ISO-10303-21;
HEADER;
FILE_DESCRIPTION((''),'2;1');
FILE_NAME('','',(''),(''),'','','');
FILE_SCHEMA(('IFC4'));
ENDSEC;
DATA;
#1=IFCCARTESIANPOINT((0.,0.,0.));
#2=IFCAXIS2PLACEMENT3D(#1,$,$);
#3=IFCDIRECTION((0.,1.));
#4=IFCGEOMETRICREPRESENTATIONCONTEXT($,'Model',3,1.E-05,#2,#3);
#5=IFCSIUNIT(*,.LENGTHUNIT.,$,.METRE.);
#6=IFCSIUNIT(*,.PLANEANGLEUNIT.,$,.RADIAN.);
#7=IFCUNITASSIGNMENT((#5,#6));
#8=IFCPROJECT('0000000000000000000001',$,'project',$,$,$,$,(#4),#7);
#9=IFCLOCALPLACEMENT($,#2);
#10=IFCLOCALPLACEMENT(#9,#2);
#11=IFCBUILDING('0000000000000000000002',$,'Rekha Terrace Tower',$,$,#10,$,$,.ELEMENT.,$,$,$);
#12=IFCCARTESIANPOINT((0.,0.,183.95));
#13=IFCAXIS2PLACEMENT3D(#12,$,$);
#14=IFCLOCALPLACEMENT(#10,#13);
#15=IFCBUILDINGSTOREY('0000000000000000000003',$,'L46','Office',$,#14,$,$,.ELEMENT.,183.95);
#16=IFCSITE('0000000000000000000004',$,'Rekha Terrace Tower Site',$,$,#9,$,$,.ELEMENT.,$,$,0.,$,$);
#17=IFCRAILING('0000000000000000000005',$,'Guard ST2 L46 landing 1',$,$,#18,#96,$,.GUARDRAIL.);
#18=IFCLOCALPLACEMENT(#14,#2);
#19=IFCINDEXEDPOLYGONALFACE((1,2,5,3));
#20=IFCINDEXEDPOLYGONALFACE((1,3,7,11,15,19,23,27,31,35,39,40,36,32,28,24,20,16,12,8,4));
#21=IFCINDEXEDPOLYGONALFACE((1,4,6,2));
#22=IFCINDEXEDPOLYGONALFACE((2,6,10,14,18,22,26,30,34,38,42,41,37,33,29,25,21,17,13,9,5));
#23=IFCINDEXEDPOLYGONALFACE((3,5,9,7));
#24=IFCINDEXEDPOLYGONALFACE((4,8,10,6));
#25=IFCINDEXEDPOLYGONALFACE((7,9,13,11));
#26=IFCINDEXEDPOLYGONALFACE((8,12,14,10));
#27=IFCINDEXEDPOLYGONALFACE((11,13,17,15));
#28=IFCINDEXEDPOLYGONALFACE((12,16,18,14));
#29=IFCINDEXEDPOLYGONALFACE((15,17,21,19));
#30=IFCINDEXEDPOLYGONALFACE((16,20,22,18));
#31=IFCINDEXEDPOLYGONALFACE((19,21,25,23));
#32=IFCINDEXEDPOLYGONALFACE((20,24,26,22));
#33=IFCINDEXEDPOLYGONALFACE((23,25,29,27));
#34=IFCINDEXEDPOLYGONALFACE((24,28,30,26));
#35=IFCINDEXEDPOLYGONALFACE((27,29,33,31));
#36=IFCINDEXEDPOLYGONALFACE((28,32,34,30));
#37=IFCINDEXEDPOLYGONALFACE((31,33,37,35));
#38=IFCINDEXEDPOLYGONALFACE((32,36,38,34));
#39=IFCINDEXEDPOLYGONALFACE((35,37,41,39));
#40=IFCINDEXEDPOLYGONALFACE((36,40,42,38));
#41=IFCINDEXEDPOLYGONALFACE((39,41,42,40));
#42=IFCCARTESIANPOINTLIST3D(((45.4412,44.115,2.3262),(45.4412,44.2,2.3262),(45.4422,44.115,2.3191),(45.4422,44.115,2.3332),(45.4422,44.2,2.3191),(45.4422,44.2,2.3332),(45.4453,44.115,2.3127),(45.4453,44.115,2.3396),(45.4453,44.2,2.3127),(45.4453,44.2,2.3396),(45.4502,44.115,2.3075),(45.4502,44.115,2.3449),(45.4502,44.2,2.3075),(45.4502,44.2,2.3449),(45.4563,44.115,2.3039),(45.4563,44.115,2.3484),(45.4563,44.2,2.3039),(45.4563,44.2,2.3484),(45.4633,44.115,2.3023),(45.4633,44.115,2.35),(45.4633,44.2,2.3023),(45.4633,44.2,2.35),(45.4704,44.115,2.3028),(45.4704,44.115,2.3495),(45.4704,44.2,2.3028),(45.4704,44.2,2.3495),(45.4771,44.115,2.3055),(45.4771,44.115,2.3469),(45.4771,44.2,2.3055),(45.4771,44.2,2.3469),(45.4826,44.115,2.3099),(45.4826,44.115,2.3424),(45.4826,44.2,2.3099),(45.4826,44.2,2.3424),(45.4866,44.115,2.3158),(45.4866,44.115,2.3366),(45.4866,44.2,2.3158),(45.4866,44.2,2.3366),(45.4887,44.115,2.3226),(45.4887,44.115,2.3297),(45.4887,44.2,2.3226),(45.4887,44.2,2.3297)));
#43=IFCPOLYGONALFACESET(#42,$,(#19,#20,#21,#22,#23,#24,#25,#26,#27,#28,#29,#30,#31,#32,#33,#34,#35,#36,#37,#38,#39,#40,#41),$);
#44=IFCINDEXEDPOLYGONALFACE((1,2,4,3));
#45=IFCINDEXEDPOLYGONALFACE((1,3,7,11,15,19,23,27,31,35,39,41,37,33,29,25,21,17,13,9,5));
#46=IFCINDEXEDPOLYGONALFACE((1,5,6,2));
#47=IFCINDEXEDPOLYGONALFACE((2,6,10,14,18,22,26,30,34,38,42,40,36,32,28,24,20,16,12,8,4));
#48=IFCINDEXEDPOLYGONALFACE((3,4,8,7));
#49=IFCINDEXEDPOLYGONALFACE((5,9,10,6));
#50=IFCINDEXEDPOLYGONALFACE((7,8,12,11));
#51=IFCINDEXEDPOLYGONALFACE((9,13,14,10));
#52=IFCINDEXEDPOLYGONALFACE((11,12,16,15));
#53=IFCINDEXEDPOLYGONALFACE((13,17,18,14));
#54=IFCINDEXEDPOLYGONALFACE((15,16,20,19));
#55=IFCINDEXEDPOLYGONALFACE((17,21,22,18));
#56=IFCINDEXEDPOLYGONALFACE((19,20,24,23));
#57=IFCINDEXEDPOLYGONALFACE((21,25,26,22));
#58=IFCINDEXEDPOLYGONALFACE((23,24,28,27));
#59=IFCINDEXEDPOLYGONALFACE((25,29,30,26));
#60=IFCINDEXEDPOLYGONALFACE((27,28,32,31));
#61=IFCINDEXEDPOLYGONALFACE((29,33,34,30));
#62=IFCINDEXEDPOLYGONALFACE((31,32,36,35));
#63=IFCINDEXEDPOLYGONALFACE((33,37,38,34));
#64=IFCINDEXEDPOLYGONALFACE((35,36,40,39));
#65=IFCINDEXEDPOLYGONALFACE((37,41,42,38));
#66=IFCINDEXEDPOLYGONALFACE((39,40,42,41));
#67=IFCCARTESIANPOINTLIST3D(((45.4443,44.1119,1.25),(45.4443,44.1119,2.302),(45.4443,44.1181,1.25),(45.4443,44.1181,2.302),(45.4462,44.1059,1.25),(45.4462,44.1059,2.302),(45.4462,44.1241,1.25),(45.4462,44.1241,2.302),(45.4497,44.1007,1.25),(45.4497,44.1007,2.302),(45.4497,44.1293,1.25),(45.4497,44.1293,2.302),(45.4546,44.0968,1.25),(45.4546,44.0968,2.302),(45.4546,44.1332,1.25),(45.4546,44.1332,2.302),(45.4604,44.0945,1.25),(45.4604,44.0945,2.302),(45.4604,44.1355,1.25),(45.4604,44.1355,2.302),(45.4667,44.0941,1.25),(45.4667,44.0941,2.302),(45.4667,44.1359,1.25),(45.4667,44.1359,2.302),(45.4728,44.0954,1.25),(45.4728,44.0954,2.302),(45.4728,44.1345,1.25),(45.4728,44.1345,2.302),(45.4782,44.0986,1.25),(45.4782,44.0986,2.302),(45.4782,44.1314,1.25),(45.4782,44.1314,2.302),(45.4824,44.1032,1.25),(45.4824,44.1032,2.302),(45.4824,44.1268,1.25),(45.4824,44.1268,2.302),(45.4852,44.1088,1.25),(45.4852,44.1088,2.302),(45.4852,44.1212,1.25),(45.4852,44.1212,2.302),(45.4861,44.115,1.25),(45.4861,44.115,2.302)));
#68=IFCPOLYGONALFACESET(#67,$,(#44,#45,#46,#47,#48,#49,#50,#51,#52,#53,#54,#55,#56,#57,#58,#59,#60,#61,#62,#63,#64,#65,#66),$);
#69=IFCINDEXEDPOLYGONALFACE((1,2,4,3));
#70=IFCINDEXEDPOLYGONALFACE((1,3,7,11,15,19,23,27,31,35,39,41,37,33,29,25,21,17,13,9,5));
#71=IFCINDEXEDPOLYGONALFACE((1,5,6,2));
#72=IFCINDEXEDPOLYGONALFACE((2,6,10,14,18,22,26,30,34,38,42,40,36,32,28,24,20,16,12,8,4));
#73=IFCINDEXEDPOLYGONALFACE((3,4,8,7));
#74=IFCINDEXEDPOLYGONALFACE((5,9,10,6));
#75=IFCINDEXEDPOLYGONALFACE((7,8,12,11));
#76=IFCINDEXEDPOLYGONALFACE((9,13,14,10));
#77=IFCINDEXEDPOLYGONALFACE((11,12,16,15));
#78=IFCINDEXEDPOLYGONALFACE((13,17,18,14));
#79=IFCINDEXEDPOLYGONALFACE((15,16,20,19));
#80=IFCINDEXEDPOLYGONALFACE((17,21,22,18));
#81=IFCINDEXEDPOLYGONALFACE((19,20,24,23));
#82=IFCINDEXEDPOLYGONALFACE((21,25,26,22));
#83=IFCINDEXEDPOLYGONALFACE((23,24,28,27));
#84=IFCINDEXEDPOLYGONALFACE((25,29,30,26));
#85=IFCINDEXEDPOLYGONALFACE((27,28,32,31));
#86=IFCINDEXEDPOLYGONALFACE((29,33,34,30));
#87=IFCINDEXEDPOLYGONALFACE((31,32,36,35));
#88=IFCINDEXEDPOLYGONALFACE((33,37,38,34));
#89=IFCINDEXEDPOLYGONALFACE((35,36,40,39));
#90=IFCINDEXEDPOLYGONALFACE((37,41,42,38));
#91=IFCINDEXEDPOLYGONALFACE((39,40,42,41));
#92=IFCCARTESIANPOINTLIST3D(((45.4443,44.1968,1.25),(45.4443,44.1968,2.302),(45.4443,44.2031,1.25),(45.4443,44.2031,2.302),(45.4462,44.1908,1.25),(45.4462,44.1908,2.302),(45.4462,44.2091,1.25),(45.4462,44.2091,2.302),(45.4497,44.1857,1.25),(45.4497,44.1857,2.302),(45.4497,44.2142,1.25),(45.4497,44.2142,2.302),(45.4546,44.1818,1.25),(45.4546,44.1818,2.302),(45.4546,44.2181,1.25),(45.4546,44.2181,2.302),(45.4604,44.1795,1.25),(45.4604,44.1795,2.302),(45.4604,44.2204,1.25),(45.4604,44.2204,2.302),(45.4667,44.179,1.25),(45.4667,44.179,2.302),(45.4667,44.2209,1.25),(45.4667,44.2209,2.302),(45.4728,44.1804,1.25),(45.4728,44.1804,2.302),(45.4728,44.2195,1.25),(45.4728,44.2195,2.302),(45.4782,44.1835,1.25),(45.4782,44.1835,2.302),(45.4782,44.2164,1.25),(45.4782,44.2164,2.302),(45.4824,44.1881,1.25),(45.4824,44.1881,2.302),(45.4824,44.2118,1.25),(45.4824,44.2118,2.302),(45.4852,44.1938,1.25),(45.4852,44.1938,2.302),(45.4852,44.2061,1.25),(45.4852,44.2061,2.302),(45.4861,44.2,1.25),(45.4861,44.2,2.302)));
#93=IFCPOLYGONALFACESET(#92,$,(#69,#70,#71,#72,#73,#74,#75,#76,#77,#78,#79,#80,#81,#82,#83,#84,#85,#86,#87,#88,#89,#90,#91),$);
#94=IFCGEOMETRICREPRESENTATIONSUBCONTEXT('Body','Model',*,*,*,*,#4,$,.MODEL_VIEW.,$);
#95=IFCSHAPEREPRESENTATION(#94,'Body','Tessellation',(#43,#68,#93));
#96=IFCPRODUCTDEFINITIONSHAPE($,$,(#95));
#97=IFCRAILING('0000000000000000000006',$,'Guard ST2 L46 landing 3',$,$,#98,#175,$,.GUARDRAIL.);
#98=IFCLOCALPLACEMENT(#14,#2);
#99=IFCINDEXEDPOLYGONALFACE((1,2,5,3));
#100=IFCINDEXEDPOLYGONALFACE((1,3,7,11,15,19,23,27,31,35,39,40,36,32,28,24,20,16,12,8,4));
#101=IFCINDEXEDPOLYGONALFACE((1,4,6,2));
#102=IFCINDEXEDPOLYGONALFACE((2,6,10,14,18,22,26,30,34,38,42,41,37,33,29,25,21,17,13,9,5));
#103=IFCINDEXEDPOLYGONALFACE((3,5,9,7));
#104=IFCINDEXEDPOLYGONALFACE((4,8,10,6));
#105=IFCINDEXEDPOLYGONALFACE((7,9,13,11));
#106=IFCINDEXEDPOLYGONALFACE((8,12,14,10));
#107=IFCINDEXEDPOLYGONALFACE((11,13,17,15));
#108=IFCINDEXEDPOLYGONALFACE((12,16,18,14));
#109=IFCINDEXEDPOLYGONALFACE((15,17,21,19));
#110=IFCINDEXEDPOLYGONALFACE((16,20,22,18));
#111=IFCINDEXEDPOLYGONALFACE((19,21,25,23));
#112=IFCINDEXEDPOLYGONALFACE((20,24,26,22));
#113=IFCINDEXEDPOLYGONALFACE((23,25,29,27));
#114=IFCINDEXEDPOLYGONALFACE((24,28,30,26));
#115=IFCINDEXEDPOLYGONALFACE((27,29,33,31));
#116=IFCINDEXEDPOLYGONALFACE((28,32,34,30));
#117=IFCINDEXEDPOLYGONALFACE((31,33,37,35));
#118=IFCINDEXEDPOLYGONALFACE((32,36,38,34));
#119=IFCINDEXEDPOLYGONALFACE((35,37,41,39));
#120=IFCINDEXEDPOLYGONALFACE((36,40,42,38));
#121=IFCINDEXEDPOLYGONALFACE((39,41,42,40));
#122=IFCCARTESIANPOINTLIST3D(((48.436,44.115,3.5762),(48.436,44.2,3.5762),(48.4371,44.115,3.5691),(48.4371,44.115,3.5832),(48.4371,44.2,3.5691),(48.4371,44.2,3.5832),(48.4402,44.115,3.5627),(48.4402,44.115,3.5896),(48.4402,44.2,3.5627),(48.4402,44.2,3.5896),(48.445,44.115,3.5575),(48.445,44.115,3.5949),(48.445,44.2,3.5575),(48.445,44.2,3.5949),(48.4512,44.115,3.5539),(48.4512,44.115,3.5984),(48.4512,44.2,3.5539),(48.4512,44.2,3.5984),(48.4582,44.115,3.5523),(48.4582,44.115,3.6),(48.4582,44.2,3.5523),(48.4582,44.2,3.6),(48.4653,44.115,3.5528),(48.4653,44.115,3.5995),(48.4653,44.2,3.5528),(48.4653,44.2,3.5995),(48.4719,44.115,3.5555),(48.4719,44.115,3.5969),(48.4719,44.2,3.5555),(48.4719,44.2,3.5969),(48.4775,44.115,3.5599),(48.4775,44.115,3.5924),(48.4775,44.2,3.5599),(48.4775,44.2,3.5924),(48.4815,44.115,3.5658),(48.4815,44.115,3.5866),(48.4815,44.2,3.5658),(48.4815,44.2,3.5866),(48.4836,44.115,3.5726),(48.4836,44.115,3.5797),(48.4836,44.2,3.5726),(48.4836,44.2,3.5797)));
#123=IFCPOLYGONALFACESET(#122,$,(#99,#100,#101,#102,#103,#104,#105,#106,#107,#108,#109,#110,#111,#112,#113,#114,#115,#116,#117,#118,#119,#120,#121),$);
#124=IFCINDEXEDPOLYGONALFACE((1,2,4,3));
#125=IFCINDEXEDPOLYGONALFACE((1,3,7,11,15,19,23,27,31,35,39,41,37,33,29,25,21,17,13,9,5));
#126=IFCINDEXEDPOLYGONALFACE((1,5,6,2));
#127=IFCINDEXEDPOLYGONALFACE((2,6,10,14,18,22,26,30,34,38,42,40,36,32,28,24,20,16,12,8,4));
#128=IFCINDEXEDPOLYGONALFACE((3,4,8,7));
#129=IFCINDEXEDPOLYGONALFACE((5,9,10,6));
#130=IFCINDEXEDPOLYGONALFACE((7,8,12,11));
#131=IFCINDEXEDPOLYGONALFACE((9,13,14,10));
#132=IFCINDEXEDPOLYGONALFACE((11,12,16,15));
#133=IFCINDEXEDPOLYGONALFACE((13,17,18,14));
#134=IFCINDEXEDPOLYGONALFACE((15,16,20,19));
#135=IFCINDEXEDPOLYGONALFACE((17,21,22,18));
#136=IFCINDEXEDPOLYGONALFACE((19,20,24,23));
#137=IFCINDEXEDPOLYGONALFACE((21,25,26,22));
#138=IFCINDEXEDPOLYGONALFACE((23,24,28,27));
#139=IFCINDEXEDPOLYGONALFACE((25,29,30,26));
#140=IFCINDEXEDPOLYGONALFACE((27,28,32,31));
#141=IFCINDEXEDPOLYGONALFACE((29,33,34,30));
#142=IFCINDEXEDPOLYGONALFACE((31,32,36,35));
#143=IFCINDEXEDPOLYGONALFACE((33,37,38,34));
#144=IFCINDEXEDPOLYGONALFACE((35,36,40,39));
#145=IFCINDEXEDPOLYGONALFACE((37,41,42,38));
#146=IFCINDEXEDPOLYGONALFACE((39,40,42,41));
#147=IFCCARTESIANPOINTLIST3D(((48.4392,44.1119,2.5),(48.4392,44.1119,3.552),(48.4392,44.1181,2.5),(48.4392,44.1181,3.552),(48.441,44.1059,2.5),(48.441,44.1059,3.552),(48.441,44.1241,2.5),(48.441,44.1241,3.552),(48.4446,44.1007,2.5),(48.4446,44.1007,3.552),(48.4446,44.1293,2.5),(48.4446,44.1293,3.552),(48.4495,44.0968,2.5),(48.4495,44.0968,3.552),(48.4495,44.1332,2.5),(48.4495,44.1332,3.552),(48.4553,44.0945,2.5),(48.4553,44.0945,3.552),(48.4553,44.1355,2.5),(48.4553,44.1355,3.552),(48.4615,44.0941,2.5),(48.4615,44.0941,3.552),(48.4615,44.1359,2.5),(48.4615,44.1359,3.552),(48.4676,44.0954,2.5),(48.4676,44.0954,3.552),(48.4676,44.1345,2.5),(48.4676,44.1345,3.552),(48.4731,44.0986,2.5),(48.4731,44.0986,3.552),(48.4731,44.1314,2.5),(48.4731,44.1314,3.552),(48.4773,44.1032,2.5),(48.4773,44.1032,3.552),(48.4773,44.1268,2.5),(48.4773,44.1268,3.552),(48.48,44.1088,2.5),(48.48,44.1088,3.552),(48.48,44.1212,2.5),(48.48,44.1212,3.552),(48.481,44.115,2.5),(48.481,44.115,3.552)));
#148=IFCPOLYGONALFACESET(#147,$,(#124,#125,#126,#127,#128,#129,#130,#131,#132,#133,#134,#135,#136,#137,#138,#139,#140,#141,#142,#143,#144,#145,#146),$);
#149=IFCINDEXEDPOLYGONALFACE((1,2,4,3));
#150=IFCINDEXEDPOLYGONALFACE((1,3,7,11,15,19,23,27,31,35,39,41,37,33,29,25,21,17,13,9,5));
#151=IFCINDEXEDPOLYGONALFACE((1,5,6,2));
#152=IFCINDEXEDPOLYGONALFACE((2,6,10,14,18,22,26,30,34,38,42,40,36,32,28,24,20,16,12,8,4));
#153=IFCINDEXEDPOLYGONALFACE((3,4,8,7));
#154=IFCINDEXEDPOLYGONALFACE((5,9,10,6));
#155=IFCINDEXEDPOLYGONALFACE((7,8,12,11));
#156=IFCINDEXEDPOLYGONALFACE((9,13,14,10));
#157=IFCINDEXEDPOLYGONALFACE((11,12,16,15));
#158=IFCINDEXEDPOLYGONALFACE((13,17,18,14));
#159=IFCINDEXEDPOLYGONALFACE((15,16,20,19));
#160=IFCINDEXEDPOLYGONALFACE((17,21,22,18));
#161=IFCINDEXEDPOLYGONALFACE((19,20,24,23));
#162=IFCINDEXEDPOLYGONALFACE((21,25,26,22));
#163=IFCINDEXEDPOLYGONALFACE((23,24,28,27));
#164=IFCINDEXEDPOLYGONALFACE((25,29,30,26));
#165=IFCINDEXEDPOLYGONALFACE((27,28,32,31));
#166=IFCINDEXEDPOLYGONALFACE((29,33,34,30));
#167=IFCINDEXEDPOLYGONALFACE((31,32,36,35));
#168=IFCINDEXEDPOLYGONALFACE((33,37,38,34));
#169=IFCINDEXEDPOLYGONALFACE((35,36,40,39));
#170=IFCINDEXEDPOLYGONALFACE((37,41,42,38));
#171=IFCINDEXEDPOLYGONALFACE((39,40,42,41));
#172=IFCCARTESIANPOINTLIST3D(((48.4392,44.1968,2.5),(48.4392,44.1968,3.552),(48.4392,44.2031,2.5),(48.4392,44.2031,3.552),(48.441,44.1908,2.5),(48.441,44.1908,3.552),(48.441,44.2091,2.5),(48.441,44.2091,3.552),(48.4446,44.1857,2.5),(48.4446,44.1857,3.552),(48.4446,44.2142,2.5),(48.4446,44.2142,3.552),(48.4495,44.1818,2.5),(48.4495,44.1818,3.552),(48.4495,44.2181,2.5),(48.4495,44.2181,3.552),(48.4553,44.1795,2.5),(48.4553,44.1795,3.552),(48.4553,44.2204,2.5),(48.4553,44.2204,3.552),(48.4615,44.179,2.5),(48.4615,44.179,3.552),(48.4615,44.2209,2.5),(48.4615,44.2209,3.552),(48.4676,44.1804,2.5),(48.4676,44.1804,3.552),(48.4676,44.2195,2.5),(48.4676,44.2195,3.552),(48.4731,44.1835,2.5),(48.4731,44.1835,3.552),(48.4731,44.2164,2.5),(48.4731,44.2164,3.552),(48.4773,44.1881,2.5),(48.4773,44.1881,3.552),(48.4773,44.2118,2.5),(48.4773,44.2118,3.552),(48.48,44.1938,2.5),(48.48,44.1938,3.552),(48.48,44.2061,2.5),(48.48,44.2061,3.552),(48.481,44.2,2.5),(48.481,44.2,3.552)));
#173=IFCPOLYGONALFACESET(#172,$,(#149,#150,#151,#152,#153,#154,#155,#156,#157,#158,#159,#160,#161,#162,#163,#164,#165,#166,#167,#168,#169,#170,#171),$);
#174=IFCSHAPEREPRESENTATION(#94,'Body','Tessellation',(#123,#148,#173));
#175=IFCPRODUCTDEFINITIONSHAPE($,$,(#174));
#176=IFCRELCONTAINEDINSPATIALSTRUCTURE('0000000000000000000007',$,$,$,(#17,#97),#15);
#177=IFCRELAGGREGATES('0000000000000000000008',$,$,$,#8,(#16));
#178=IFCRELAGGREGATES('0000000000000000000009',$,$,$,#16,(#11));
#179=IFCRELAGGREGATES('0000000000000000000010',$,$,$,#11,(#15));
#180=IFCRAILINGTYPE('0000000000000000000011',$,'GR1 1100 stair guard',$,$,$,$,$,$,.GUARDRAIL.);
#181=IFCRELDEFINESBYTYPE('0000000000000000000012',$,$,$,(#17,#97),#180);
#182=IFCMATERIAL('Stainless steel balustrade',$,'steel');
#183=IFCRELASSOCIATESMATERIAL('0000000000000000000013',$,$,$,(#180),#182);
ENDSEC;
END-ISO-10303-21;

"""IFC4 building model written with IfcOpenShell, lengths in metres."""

from ifc_helpers import new_model, si_unit, direction, frame, origin, origin_2d, place, context, subcontext, project, spatial, circle, extrude, material, type_object, element, save


model = new_model("IFC4")

# Units and contexts
model_context = context("Model", 3, precision=1e-05, world=origin(), true_north=direction((0.0, 1.0)))
body_context = subcontext(model_context, "Body", "Model", "MODEL_VIEW")
ifc_project = project(units=[si_unit("LENGTHUNIT", "METRE"), si_unit("PLANEANGLEUNIT", "RADIAN")], contexts=[model_context])

# Site, building, storey
site_placement = place(None, origin())
site = spatial("IfcSite", under=ifc_project, at=site_placement, Name="Rekha Terrace Tower Site", CompositionType="ELEMENT", RefElevation=0.0)
building_placement = place(site_placement, origin())
building = spatial("IfcBuilding", under=site, at=building_placement, Name="Rekha Terrace Tower", CompositionType="ELEMENT")
storey_placement = place(building_placement, frame((0.0, 0.0, 183.95)))
storey = spatial("IfcBuildingStorey", under=building, at=storey_placement, Name="L46", Description="Office", CompositionType="ELEMENT", Elevation=183.95)

# Railings
ifc_material_1 = material(Name="Stainless steel balustrade", Category="steel")
railing_type_1 = type_object("IfcRailingType", Name="GR1 1100 stair guard", PredefinedType="GUARDRAIL", material=ifc_material_1)
for number, where, name in (
    (1, (45.4651, 44.115, 1.25), "Guard ST2 L46 landing 1"),
    (2, (48.46, 44.115, 2.5), "Guard ST2 L46 landing 3"),
):
    element("IfcRailing", number, at=place(storey_placement, frame(where)), inside=storey, type_object=railing_type_1, Name=name, PredefinedType="GUARDRAIL", context=body_context, shape_type="SweptSolid", body=[
        extrude(circle(Radius=0.0239, at=origin_2d()), frame((0.0, 0.0, 1.0762), z_axis=(0.0, 1.0, 0.0), x_axis=(-1.0, 0.0, 0.0)), (0.0, 0.0, 1.0), 0.085),
        extrude(circle(Radius=0.021, at=origin_2d()), origin(), (0.0, 0.0, 1.0), 1.052),
        extrude(circle(Radius=0.021, at=origin_2d()), frame((0.0, 0.085, 0.0)), (0.0, 0.0, 1.0), 1.052),
    ])

save(model, "model.ifc")
